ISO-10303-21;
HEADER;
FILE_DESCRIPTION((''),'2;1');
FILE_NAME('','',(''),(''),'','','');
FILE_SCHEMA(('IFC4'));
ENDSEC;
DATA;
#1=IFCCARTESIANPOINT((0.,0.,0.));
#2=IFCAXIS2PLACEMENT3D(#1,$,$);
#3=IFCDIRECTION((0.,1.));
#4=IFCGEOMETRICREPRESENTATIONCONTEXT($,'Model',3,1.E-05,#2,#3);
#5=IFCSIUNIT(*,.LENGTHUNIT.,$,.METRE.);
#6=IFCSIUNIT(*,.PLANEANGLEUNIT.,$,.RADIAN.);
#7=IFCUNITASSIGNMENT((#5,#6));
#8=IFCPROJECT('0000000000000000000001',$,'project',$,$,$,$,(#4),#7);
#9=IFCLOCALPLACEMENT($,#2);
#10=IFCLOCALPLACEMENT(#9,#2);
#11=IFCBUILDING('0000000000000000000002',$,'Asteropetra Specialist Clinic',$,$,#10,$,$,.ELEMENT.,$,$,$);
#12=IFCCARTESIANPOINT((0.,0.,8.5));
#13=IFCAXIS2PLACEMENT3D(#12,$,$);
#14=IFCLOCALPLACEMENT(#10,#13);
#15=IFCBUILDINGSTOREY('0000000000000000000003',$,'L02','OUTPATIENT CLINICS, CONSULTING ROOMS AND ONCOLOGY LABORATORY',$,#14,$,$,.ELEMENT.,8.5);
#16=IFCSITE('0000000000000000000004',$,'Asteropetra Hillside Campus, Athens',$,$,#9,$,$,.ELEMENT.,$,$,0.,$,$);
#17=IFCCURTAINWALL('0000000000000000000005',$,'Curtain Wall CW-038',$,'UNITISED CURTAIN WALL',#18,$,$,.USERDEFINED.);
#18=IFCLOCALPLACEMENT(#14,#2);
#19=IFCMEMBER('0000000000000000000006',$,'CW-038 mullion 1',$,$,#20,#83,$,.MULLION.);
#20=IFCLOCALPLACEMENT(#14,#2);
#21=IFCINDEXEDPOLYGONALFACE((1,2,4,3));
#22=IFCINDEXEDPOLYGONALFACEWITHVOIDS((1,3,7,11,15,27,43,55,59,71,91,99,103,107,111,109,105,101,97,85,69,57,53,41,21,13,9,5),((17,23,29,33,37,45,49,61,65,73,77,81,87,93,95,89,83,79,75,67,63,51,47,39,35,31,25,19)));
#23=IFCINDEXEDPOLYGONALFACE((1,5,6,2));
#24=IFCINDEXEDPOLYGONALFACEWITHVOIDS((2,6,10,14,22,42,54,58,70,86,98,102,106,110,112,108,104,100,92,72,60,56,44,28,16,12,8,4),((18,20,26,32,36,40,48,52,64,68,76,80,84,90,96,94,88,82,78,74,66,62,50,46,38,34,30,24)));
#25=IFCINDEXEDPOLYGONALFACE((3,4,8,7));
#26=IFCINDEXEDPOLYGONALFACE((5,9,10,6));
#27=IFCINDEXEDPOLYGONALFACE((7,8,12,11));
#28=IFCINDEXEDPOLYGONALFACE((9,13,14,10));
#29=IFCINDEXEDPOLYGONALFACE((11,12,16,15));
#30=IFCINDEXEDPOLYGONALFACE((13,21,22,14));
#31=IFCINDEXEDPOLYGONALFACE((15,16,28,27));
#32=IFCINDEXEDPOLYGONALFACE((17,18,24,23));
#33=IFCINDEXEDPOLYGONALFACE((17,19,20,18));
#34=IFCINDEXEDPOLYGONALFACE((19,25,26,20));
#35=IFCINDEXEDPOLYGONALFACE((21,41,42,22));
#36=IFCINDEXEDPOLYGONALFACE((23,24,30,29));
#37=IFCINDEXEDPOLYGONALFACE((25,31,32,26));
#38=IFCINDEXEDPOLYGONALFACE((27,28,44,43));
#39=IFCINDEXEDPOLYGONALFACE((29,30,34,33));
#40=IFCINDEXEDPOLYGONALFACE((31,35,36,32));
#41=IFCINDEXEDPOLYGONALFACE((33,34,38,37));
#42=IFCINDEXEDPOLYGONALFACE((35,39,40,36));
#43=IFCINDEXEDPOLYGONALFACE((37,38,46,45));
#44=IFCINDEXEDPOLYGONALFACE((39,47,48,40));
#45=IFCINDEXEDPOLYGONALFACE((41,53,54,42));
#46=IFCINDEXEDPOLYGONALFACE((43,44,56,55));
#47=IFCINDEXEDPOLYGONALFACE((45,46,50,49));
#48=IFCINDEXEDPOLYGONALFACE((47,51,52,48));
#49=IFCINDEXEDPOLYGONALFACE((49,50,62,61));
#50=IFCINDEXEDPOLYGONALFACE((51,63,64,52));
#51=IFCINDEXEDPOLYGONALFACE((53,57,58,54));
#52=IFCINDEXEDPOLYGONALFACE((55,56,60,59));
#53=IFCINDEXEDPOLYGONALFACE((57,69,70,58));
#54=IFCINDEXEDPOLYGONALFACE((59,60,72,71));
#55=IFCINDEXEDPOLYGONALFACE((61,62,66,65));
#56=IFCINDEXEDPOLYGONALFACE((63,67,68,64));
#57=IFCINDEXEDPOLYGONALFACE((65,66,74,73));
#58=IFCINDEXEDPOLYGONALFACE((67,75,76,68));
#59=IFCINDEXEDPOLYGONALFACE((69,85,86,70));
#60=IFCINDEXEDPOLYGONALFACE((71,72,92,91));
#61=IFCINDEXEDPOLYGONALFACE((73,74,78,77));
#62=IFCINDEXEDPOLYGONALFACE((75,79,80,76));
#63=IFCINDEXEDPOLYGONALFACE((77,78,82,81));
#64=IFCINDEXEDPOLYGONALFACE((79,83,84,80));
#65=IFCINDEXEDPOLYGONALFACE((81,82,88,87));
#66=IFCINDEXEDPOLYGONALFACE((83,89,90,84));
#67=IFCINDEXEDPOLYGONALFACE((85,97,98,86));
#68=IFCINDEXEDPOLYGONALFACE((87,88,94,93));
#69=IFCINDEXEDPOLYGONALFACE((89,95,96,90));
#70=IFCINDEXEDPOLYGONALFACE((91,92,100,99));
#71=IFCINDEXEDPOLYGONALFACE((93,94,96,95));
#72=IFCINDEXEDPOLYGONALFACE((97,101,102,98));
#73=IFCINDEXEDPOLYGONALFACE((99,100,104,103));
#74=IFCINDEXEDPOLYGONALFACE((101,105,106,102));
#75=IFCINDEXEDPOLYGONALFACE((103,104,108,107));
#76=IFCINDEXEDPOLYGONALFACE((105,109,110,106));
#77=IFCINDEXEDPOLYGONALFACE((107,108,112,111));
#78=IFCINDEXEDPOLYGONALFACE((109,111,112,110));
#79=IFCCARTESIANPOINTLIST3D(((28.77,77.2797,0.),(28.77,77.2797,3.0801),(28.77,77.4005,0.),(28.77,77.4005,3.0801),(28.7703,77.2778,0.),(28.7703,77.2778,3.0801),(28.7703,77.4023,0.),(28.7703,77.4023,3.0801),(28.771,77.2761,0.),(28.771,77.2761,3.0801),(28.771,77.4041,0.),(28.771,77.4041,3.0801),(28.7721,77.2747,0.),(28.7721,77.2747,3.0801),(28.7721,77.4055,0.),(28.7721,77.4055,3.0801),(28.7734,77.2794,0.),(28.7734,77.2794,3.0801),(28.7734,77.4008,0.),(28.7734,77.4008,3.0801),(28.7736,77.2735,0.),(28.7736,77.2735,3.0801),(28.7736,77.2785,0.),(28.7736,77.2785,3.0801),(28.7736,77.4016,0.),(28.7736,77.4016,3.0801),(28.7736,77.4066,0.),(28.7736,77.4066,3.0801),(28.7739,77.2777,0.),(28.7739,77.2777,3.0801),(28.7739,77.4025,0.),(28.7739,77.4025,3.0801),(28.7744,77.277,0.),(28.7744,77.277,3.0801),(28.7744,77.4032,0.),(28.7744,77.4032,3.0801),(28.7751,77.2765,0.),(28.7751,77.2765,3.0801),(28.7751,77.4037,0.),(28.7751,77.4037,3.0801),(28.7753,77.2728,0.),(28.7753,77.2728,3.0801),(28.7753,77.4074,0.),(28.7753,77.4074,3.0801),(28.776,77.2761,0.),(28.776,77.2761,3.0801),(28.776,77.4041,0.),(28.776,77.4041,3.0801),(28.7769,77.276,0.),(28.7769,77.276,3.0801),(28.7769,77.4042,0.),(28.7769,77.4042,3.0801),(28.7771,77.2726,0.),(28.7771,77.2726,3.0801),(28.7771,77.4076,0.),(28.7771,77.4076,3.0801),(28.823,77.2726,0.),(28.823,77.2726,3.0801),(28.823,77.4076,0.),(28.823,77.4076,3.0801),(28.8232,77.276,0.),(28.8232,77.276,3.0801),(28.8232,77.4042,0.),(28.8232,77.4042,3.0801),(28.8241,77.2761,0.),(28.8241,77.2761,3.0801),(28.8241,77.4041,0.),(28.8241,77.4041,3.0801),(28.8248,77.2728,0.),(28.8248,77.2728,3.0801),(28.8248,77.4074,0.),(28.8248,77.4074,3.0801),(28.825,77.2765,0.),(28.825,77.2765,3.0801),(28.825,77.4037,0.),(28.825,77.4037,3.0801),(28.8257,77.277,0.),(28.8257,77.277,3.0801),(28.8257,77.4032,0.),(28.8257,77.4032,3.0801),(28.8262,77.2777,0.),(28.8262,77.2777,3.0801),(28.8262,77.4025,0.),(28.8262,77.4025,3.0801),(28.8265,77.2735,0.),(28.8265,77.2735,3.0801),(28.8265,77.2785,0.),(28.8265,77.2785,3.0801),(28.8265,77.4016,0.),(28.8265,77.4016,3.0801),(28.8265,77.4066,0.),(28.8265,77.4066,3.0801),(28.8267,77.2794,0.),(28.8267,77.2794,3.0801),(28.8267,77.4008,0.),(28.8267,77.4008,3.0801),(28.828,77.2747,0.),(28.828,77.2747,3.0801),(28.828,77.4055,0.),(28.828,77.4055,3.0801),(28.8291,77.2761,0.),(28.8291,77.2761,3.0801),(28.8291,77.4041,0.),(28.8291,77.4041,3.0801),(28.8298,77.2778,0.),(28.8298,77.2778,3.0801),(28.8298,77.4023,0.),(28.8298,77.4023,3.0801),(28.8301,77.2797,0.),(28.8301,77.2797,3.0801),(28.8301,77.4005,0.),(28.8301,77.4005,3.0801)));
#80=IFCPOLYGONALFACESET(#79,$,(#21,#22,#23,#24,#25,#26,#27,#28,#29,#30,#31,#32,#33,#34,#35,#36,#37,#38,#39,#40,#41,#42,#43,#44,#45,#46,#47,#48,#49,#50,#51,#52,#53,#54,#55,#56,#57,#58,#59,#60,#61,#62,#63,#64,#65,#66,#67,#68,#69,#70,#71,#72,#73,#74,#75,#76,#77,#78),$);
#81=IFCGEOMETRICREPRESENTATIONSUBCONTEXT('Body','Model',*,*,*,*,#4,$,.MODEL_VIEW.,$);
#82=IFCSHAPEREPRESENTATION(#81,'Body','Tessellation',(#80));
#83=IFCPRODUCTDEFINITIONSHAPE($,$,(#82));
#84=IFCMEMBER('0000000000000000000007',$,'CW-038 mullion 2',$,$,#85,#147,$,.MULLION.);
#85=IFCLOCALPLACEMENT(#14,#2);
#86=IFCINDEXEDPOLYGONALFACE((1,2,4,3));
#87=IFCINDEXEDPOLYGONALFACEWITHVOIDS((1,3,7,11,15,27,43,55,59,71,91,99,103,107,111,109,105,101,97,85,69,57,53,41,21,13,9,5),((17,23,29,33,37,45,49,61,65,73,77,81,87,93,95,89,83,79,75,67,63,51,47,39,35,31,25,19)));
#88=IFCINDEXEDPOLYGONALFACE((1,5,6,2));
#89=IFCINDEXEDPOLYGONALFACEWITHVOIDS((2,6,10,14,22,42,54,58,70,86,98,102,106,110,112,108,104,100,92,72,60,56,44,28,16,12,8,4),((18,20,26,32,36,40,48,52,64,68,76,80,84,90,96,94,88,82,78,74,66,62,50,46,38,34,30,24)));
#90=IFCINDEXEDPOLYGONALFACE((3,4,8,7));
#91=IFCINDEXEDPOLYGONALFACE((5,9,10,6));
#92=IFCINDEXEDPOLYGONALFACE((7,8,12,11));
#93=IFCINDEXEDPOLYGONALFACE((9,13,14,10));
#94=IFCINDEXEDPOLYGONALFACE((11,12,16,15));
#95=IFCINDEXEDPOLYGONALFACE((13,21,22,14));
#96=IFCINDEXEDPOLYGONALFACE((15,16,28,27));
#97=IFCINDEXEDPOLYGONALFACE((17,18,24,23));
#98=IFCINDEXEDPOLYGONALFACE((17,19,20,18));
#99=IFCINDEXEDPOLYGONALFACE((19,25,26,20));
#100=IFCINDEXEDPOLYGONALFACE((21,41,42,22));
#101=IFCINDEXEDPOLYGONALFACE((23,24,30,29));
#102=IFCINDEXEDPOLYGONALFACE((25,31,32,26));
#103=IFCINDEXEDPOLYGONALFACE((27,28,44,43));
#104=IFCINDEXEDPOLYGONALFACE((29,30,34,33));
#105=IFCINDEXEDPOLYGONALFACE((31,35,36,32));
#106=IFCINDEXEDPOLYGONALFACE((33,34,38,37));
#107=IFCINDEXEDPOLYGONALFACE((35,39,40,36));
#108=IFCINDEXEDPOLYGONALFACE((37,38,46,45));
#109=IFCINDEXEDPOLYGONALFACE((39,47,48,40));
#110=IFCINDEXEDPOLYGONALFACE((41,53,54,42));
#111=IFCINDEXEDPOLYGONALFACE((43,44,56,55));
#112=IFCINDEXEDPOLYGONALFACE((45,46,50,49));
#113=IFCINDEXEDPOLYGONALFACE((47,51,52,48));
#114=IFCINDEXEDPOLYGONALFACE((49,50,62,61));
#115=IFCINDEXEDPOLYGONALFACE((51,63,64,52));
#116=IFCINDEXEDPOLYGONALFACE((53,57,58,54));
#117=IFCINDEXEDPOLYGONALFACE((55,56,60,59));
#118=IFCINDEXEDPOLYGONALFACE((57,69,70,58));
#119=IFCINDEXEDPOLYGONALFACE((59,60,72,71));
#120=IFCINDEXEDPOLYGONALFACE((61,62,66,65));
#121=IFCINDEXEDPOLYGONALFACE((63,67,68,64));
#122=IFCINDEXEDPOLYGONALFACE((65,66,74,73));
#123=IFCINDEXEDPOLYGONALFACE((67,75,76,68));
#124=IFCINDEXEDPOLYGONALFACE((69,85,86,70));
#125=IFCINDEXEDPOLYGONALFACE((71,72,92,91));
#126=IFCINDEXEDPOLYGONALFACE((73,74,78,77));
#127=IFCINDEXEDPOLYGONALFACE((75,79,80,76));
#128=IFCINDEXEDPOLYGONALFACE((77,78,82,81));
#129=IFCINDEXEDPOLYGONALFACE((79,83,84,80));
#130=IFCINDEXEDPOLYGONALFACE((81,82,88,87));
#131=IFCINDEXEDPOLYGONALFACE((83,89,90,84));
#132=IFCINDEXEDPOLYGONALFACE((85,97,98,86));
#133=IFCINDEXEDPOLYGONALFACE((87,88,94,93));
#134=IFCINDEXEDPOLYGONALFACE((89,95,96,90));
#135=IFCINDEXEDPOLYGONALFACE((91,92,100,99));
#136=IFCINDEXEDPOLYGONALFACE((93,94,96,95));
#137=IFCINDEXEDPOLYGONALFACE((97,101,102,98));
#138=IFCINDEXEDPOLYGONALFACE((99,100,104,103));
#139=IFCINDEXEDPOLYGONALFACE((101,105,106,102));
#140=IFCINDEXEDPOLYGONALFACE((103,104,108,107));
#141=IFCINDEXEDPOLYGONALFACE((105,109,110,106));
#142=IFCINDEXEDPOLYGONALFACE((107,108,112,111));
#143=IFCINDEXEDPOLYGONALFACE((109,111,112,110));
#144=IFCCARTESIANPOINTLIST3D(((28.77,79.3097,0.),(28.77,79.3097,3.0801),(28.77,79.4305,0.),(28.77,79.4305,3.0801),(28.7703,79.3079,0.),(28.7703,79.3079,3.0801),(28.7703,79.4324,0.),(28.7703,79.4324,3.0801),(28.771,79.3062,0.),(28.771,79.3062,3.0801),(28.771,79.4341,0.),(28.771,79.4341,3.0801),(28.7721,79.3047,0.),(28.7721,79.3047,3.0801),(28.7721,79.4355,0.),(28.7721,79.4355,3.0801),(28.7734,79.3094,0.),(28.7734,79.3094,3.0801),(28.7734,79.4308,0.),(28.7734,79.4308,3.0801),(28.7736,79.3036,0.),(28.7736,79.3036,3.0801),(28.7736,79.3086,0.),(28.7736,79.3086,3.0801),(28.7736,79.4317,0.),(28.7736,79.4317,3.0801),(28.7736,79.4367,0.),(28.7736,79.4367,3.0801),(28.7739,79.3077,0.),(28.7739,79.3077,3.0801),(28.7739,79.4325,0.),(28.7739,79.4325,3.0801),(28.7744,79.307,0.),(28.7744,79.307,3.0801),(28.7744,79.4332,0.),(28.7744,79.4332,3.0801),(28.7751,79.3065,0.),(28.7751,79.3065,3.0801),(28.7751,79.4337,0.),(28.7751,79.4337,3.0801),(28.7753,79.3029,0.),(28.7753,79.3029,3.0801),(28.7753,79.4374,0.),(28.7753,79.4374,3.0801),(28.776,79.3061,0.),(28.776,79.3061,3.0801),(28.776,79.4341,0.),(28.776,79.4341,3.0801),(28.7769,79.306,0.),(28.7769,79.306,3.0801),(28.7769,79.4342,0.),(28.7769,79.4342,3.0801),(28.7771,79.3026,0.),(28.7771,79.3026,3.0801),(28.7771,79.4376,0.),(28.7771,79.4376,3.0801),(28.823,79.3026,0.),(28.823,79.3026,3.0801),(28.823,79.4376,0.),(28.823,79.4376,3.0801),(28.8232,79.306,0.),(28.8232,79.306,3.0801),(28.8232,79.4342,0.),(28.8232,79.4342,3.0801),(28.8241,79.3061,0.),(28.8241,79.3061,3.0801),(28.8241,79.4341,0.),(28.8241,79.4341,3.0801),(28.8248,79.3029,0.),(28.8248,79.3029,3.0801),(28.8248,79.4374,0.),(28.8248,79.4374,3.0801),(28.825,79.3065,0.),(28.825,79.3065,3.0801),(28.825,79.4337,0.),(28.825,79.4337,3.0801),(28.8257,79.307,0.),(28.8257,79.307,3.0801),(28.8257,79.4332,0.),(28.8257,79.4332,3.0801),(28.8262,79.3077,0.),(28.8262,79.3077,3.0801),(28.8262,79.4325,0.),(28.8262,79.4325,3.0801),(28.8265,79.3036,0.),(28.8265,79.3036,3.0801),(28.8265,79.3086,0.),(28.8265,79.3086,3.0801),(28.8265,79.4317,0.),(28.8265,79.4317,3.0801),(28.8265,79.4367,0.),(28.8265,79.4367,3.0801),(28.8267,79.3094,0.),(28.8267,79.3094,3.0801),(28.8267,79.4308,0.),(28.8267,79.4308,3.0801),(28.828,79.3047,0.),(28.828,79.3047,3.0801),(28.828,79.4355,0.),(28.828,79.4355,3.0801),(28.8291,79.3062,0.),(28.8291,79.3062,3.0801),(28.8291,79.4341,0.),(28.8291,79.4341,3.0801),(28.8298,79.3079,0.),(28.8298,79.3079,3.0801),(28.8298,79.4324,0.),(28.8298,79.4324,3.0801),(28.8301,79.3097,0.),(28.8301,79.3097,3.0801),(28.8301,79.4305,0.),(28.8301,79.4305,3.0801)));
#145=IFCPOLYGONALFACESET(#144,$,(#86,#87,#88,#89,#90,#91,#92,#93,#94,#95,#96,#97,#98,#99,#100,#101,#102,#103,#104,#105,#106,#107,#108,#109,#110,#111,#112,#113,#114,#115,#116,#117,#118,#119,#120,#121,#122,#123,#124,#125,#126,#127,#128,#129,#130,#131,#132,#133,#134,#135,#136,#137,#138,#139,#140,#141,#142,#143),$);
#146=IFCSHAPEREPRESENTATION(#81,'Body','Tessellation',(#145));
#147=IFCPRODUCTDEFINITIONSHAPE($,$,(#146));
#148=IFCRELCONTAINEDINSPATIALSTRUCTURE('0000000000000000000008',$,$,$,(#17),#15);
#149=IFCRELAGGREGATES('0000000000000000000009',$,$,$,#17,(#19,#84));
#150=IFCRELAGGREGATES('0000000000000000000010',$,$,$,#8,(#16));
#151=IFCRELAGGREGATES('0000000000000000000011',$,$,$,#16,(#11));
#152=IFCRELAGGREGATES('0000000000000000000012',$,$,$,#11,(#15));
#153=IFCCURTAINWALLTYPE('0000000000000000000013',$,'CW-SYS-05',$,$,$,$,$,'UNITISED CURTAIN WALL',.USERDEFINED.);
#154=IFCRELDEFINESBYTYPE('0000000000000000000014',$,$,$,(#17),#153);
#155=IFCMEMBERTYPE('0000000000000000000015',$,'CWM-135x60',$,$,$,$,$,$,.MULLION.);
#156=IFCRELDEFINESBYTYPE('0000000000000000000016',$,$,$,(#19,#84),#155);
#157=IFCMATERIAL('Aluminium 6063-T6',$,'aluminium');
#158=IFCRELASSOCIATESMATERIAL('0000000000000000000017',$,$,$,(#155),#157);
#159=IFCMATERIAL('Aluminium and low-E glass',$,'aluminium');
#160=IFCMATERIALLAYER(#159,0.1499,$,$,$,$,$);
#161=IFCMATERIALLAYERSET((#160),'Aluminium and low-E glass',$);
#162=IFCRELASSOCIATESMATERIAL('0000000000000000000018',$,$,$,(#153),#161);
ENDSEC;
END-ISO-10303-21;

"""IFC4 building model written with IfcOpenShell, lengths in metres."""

from ifc_helpers import new_model, si_unit, direction, frame, origin, origin_2d, place, context, subcontext, project, spatial, hollow_rectangle, extrude, material, layer, layer_set, material_profile, profile_set, type_object, element, aggregate, save


model = new_model("IFC4")

# Units and contexts
model_context = context("Model", 3, precision=1e-05, world=origin(), true_north=direction((0.0, 1.0)))
body_context = subcontext(model_context, "Body", "Model", "MODEL_VIEW")
ifc_project = project(units=[si_unit("LENGTHUNIT", "METRE"), si_unit("PLANEANGLEUNIT", "RADIAN")], contexts=[model_context])

# Site, building, storey
site_placement = place(None, origin())
site = spatial("IfcSite", under=ifc_project, at=site_placement, Name="Asteropetra Hillside Campus, Athens", CompositionType="ELEMENT", RefElevation=0.0)
building_placement = place(site_placement, origin())
building = spatial("IfcBuilding", under=site, at=building_placement, Name="Asteropetra Specialist Clinic", CompositionType="ELEMENT")
storey_placement = place(building_placement, frame((0.0, 0.0, 8.5)))
storey = spatial("IfcBuildingStorey", under=building, at=storey_placement, Name="L02", Description="OUTPATIENT CLINICS, CONSULTING ROOMS AND ONCOLOGY LABORATORY", CompositionType="ELEMENT", Elevation=8.5)

# Curtain wall, members
ifc_material_1 = material(Name="Aluminium 6063-T6", Category="aluminium")
ifc_material_profile_1 = material_profile(ifc_material_1, hollow_rectangle(XDim=0.0601, YDim=0.135, WallThickness=0.0034, InnerFilletRadius=0.0034, OuterFilletRadius=0.0071, at=origin_2d()), Name="MUL 135x60x3.5")
ifc_profile_set_1 = profile_set([ifc_material_profile_1], Name="Aluminium 6063-T6")
member_type_1 = type_object("IfcMemberType", Name="CWM-135x60", PredefinedType="MULLION", material=ifc_profile_set_1)
ifc_material_2 = material(Name="Aluminium and low-E glass", Category="aluminium")
ifc_layer_1 = layer(ifc_material_2, 0.1499)
ifc_layer_set_1 = layer_set([ifc_layer_1], Name="Aluminium and low-E glass")
curtain_wall_type_1 = type_object("IfcCurtainWallType", Name="CW-SYS-05", ElementType="UNITISED CURTAIN WALL", PredefinedType="USERDEFINED", material=ifc_layer_set_1)
curtain_wall_1_placement = place(storey_placement, origin())
curtain_wall_1 = element("IfcCurtainWall", 1, at=curtain_wall_1_placement, inside=storey, type_object=curtain_wall_type_1, Name="Curtain Wall CW-038", ObjectType="UNITISED CURTAIN WALL", PredefinedType="USERDEFINED")
member_1_placement = place(storey_placement, frame((28.8, 77.3401, 0.0), z_axis=(0.0, 0.0, 1.0), x_axis=(-1.0, 0.0, 0.0)))
member_1 = element("IfcMember", 2, at=member_1_placement, type_object=member_type_1, Name="CW-038 mullion 1", PredefinedType="MULLION", context=body_context, shape_type="SweptSolid", body=[
    extrude(hollow_rectangle(XDim=0.0601, YDim=0.135, WallThickness=0.0034, InnerFilletRadius=0.0034, OuterFilletRadius=0.0071, at=origin_2d()), origin(), (0.0, 0.0, 1.0), 3.0801),
])
member_2_placement = place(storey_placement, frame((28.8, 79.3701, 0.0), z_axis=(0.0, 0.0, 1.0), x_axis=(-1.0, 0.0, 0.0)))
member_2 = element("IfcMember", 3, at=member_2_placement, type_object=member_type_1, Name="CW-038 mullion 2", PredefinedType="MULLION", context=body_context, shape_type="SweptSolid", body=[
    extrude(hollow_rectangle(XDim=0.0601, YDim=0.135, WallThickness=0.0034, InnerFilletRadius=0.0034, OuterFilletRadius=0.0071, at=origin_2d()), origin(), (0.0, 0.0, 1.0), 3.0801),
])

aggregate(curtain_wall_1, [member_1, member_2])

save(model, "model.ifc")
